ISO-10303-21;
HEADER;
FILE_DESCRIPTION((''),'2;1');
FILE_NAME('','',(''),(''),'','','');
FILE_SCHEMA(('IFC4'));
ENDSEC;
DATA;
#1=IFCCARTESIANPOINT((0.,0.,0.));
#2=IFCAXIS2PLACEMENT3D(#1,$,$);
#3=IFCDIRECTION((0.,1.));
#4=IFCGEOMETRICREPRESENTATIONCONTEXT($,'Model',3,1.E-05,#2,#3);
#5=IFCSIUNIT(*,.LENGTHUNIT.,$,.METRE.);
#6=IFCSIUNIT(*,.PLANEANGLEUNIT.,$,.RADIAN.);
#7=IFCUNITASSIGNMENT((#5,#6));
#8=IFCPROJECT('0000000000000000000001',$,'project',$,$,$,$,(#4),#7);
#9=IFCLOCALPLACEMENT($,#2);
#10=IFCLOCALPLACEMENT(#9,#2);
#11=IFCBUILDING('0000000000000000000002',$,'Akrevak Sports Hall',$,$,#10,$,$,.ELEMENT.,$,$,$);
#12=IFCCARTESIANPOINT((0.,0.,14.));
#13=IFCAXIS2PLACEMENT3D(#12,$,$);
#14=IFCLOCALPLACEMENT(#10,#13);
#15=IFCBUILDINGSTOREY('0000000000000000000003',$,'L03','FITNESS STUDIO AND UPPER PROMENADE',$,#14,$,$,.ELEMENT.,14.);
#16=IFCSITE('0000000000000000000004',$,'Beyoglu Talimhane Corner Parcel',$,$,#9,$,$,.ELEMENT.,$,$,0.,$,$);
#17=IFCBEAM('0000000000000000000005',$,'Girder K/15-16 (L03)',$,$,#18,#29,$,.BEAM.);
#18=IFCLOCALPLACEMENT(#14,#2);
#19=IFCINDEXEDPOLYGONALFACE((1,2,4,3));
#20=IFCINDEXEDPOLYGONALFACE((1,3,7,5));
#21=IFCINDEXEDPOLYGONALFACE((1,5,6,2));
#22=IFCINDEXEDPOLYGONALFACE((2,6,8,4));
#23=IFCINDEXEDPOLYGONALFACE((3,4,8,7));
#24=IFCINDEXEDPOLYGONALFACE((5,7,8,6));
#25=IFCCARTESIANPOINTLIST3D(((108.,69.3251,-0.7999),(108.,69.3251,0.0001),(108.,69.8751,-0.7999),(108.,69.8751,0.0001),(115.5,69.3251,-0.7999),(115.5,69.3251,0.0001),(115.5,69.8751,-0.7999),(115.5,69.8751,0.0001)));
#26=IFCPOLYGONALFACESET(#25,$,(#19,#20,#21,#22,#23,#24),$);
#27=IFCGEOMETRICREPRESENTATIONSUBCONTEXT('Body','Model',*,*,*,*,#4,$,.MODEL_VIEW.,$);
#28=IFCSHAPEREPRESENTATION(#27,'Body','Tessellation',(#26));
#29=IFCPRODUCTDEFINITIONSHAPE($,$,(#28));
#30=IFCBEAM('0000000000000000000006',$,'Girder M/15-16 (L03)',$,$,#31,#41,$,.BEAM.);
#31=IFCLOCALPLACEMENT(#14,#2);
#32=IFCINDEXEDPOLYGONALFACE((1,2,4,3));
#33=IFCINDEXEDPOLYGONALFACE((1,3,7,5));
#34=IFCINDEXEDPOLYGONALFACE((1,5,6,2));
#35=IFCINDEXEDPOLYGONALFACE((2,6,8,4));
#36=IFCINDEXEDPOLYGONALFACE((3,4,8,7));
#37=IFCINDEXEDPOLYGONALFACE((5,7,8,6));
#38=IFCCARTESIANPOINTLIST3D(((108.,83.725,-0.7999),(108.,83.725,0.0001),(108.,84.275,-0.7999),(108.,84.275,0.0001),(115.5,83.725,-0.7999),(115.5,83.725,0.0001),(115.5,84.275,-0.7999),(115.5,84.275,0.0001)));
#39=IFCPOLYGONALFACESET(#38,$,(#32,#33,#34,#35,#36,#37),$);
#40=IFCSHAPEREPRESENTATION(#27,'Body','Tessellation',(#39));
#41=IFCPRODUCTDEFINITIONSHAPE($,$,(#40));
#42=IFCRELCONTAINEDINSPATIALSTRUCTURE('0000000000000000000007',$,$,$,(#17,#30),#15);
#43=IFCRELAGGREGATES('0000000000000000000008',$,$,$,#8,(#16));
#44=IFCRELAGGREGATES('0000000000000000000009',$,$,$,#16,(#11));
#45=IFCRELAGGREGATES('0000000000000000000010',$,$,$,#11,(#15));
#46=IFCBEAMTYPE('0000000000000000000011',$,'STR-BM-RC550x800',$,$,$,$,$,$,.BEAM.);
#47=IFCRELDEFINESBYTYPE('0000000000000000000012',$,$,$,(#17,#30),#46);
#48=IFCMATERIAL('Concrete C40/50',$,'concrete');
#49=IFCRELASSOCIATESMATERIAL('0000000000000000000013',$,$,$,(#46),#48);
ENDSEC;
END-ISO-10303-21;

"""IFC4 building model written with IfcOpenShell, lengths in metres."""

from ifc_helpers import new_model, si_unit, direction, frame, origin, origin_2d, place, context, subcontext, project, spatial, rectangle, extrude, material, material_profile, profile_set, type_object, element, save


model = new_model("IFC4")

# Units and contexts
model_context = context("Model", 3, precision=1e-05, world=origin(), true_north=direction((0.0, 1.0)))
body_context = subcontext(model_context, "Body", "Model", "MODEL_VIEW")
ifc_project = project(units=[si_unit("LENGTHUNIT", "METRE"), si_unit("PLANEANGLEUNIT", "RADIAN")], contexts=[model_context])

# Site, building, storey
site_placement = place(None, origin())
site = spatial("IfcSite", under=ifc_project, at=site_placement, Name="Beyoglu Talimhane Corner Parcel", CompositionType="ELEMENT", RefElevation=0.0)
building_placement = place(site_placement, origin())
building = spatial("IfcBuilding", under=site, at=building_placement, Name="Akrevak Sports Hall", CompositionType="ELEMENT")
storey_placement = place(building_placement, frame((0.0, 0.0, 14.0)))
storey = spatial("IfcBuildingStorey", under=building, at=storey_placement, Name="L03", Description="FITNESS STUDIO AND UPPER PROMENADE", CompositionType="ELEMENT", Elevation=14.0)

# Shared definitions
ifc_material_1 = material(Name="Concrete C40/50", Category="concrete")

# Beams
ifc_material_profile_1 = material_profile(ifc_material_1, rectangle(XDim=0.55, YDim=0.8, at=origin_2d()), Name="BM 550x800", Category="concrete")
ifc_profile_set_1 = profile_set([ifc_material_profile_1], Name="Concrete C40/50")
beam_type_1 = type_object("IfcBeamType", Name="STR-BM-RC550x800", PredefinedType="BEAM", material=ifc_profile_set_1)
for number, where, z_axis, x_axis, name in (
    (1, (108.0, 69.6001, -0.3999), (1.0, 0.0, 0.0), (0.0, 1.0, 0.0), "Girder K/15-16 (L03)"),
    (2, (108.0, 84.0, -0.3999), (1.0, 0.0, 0.0), (0.0, 1.0, 0.0), "Girder M/15-16 (L03)"),
):
    element("IfcBeam", number, at=place(storey_placement, frame(where, z_axis=z_axis, x_axis=x_axis)), inside=storey, type_object=beam_type_1, Name=name, PredefinedType="BEAM", context=body_context, shape_type="SweptSolid", body=[
        extrude(rectangle(XDim=0.55, YDim=0.8, at=origin_2d()), origin(), (0.0, 0.0, 1.0), 7.5),
    ])

save(model, "model.ifc")
